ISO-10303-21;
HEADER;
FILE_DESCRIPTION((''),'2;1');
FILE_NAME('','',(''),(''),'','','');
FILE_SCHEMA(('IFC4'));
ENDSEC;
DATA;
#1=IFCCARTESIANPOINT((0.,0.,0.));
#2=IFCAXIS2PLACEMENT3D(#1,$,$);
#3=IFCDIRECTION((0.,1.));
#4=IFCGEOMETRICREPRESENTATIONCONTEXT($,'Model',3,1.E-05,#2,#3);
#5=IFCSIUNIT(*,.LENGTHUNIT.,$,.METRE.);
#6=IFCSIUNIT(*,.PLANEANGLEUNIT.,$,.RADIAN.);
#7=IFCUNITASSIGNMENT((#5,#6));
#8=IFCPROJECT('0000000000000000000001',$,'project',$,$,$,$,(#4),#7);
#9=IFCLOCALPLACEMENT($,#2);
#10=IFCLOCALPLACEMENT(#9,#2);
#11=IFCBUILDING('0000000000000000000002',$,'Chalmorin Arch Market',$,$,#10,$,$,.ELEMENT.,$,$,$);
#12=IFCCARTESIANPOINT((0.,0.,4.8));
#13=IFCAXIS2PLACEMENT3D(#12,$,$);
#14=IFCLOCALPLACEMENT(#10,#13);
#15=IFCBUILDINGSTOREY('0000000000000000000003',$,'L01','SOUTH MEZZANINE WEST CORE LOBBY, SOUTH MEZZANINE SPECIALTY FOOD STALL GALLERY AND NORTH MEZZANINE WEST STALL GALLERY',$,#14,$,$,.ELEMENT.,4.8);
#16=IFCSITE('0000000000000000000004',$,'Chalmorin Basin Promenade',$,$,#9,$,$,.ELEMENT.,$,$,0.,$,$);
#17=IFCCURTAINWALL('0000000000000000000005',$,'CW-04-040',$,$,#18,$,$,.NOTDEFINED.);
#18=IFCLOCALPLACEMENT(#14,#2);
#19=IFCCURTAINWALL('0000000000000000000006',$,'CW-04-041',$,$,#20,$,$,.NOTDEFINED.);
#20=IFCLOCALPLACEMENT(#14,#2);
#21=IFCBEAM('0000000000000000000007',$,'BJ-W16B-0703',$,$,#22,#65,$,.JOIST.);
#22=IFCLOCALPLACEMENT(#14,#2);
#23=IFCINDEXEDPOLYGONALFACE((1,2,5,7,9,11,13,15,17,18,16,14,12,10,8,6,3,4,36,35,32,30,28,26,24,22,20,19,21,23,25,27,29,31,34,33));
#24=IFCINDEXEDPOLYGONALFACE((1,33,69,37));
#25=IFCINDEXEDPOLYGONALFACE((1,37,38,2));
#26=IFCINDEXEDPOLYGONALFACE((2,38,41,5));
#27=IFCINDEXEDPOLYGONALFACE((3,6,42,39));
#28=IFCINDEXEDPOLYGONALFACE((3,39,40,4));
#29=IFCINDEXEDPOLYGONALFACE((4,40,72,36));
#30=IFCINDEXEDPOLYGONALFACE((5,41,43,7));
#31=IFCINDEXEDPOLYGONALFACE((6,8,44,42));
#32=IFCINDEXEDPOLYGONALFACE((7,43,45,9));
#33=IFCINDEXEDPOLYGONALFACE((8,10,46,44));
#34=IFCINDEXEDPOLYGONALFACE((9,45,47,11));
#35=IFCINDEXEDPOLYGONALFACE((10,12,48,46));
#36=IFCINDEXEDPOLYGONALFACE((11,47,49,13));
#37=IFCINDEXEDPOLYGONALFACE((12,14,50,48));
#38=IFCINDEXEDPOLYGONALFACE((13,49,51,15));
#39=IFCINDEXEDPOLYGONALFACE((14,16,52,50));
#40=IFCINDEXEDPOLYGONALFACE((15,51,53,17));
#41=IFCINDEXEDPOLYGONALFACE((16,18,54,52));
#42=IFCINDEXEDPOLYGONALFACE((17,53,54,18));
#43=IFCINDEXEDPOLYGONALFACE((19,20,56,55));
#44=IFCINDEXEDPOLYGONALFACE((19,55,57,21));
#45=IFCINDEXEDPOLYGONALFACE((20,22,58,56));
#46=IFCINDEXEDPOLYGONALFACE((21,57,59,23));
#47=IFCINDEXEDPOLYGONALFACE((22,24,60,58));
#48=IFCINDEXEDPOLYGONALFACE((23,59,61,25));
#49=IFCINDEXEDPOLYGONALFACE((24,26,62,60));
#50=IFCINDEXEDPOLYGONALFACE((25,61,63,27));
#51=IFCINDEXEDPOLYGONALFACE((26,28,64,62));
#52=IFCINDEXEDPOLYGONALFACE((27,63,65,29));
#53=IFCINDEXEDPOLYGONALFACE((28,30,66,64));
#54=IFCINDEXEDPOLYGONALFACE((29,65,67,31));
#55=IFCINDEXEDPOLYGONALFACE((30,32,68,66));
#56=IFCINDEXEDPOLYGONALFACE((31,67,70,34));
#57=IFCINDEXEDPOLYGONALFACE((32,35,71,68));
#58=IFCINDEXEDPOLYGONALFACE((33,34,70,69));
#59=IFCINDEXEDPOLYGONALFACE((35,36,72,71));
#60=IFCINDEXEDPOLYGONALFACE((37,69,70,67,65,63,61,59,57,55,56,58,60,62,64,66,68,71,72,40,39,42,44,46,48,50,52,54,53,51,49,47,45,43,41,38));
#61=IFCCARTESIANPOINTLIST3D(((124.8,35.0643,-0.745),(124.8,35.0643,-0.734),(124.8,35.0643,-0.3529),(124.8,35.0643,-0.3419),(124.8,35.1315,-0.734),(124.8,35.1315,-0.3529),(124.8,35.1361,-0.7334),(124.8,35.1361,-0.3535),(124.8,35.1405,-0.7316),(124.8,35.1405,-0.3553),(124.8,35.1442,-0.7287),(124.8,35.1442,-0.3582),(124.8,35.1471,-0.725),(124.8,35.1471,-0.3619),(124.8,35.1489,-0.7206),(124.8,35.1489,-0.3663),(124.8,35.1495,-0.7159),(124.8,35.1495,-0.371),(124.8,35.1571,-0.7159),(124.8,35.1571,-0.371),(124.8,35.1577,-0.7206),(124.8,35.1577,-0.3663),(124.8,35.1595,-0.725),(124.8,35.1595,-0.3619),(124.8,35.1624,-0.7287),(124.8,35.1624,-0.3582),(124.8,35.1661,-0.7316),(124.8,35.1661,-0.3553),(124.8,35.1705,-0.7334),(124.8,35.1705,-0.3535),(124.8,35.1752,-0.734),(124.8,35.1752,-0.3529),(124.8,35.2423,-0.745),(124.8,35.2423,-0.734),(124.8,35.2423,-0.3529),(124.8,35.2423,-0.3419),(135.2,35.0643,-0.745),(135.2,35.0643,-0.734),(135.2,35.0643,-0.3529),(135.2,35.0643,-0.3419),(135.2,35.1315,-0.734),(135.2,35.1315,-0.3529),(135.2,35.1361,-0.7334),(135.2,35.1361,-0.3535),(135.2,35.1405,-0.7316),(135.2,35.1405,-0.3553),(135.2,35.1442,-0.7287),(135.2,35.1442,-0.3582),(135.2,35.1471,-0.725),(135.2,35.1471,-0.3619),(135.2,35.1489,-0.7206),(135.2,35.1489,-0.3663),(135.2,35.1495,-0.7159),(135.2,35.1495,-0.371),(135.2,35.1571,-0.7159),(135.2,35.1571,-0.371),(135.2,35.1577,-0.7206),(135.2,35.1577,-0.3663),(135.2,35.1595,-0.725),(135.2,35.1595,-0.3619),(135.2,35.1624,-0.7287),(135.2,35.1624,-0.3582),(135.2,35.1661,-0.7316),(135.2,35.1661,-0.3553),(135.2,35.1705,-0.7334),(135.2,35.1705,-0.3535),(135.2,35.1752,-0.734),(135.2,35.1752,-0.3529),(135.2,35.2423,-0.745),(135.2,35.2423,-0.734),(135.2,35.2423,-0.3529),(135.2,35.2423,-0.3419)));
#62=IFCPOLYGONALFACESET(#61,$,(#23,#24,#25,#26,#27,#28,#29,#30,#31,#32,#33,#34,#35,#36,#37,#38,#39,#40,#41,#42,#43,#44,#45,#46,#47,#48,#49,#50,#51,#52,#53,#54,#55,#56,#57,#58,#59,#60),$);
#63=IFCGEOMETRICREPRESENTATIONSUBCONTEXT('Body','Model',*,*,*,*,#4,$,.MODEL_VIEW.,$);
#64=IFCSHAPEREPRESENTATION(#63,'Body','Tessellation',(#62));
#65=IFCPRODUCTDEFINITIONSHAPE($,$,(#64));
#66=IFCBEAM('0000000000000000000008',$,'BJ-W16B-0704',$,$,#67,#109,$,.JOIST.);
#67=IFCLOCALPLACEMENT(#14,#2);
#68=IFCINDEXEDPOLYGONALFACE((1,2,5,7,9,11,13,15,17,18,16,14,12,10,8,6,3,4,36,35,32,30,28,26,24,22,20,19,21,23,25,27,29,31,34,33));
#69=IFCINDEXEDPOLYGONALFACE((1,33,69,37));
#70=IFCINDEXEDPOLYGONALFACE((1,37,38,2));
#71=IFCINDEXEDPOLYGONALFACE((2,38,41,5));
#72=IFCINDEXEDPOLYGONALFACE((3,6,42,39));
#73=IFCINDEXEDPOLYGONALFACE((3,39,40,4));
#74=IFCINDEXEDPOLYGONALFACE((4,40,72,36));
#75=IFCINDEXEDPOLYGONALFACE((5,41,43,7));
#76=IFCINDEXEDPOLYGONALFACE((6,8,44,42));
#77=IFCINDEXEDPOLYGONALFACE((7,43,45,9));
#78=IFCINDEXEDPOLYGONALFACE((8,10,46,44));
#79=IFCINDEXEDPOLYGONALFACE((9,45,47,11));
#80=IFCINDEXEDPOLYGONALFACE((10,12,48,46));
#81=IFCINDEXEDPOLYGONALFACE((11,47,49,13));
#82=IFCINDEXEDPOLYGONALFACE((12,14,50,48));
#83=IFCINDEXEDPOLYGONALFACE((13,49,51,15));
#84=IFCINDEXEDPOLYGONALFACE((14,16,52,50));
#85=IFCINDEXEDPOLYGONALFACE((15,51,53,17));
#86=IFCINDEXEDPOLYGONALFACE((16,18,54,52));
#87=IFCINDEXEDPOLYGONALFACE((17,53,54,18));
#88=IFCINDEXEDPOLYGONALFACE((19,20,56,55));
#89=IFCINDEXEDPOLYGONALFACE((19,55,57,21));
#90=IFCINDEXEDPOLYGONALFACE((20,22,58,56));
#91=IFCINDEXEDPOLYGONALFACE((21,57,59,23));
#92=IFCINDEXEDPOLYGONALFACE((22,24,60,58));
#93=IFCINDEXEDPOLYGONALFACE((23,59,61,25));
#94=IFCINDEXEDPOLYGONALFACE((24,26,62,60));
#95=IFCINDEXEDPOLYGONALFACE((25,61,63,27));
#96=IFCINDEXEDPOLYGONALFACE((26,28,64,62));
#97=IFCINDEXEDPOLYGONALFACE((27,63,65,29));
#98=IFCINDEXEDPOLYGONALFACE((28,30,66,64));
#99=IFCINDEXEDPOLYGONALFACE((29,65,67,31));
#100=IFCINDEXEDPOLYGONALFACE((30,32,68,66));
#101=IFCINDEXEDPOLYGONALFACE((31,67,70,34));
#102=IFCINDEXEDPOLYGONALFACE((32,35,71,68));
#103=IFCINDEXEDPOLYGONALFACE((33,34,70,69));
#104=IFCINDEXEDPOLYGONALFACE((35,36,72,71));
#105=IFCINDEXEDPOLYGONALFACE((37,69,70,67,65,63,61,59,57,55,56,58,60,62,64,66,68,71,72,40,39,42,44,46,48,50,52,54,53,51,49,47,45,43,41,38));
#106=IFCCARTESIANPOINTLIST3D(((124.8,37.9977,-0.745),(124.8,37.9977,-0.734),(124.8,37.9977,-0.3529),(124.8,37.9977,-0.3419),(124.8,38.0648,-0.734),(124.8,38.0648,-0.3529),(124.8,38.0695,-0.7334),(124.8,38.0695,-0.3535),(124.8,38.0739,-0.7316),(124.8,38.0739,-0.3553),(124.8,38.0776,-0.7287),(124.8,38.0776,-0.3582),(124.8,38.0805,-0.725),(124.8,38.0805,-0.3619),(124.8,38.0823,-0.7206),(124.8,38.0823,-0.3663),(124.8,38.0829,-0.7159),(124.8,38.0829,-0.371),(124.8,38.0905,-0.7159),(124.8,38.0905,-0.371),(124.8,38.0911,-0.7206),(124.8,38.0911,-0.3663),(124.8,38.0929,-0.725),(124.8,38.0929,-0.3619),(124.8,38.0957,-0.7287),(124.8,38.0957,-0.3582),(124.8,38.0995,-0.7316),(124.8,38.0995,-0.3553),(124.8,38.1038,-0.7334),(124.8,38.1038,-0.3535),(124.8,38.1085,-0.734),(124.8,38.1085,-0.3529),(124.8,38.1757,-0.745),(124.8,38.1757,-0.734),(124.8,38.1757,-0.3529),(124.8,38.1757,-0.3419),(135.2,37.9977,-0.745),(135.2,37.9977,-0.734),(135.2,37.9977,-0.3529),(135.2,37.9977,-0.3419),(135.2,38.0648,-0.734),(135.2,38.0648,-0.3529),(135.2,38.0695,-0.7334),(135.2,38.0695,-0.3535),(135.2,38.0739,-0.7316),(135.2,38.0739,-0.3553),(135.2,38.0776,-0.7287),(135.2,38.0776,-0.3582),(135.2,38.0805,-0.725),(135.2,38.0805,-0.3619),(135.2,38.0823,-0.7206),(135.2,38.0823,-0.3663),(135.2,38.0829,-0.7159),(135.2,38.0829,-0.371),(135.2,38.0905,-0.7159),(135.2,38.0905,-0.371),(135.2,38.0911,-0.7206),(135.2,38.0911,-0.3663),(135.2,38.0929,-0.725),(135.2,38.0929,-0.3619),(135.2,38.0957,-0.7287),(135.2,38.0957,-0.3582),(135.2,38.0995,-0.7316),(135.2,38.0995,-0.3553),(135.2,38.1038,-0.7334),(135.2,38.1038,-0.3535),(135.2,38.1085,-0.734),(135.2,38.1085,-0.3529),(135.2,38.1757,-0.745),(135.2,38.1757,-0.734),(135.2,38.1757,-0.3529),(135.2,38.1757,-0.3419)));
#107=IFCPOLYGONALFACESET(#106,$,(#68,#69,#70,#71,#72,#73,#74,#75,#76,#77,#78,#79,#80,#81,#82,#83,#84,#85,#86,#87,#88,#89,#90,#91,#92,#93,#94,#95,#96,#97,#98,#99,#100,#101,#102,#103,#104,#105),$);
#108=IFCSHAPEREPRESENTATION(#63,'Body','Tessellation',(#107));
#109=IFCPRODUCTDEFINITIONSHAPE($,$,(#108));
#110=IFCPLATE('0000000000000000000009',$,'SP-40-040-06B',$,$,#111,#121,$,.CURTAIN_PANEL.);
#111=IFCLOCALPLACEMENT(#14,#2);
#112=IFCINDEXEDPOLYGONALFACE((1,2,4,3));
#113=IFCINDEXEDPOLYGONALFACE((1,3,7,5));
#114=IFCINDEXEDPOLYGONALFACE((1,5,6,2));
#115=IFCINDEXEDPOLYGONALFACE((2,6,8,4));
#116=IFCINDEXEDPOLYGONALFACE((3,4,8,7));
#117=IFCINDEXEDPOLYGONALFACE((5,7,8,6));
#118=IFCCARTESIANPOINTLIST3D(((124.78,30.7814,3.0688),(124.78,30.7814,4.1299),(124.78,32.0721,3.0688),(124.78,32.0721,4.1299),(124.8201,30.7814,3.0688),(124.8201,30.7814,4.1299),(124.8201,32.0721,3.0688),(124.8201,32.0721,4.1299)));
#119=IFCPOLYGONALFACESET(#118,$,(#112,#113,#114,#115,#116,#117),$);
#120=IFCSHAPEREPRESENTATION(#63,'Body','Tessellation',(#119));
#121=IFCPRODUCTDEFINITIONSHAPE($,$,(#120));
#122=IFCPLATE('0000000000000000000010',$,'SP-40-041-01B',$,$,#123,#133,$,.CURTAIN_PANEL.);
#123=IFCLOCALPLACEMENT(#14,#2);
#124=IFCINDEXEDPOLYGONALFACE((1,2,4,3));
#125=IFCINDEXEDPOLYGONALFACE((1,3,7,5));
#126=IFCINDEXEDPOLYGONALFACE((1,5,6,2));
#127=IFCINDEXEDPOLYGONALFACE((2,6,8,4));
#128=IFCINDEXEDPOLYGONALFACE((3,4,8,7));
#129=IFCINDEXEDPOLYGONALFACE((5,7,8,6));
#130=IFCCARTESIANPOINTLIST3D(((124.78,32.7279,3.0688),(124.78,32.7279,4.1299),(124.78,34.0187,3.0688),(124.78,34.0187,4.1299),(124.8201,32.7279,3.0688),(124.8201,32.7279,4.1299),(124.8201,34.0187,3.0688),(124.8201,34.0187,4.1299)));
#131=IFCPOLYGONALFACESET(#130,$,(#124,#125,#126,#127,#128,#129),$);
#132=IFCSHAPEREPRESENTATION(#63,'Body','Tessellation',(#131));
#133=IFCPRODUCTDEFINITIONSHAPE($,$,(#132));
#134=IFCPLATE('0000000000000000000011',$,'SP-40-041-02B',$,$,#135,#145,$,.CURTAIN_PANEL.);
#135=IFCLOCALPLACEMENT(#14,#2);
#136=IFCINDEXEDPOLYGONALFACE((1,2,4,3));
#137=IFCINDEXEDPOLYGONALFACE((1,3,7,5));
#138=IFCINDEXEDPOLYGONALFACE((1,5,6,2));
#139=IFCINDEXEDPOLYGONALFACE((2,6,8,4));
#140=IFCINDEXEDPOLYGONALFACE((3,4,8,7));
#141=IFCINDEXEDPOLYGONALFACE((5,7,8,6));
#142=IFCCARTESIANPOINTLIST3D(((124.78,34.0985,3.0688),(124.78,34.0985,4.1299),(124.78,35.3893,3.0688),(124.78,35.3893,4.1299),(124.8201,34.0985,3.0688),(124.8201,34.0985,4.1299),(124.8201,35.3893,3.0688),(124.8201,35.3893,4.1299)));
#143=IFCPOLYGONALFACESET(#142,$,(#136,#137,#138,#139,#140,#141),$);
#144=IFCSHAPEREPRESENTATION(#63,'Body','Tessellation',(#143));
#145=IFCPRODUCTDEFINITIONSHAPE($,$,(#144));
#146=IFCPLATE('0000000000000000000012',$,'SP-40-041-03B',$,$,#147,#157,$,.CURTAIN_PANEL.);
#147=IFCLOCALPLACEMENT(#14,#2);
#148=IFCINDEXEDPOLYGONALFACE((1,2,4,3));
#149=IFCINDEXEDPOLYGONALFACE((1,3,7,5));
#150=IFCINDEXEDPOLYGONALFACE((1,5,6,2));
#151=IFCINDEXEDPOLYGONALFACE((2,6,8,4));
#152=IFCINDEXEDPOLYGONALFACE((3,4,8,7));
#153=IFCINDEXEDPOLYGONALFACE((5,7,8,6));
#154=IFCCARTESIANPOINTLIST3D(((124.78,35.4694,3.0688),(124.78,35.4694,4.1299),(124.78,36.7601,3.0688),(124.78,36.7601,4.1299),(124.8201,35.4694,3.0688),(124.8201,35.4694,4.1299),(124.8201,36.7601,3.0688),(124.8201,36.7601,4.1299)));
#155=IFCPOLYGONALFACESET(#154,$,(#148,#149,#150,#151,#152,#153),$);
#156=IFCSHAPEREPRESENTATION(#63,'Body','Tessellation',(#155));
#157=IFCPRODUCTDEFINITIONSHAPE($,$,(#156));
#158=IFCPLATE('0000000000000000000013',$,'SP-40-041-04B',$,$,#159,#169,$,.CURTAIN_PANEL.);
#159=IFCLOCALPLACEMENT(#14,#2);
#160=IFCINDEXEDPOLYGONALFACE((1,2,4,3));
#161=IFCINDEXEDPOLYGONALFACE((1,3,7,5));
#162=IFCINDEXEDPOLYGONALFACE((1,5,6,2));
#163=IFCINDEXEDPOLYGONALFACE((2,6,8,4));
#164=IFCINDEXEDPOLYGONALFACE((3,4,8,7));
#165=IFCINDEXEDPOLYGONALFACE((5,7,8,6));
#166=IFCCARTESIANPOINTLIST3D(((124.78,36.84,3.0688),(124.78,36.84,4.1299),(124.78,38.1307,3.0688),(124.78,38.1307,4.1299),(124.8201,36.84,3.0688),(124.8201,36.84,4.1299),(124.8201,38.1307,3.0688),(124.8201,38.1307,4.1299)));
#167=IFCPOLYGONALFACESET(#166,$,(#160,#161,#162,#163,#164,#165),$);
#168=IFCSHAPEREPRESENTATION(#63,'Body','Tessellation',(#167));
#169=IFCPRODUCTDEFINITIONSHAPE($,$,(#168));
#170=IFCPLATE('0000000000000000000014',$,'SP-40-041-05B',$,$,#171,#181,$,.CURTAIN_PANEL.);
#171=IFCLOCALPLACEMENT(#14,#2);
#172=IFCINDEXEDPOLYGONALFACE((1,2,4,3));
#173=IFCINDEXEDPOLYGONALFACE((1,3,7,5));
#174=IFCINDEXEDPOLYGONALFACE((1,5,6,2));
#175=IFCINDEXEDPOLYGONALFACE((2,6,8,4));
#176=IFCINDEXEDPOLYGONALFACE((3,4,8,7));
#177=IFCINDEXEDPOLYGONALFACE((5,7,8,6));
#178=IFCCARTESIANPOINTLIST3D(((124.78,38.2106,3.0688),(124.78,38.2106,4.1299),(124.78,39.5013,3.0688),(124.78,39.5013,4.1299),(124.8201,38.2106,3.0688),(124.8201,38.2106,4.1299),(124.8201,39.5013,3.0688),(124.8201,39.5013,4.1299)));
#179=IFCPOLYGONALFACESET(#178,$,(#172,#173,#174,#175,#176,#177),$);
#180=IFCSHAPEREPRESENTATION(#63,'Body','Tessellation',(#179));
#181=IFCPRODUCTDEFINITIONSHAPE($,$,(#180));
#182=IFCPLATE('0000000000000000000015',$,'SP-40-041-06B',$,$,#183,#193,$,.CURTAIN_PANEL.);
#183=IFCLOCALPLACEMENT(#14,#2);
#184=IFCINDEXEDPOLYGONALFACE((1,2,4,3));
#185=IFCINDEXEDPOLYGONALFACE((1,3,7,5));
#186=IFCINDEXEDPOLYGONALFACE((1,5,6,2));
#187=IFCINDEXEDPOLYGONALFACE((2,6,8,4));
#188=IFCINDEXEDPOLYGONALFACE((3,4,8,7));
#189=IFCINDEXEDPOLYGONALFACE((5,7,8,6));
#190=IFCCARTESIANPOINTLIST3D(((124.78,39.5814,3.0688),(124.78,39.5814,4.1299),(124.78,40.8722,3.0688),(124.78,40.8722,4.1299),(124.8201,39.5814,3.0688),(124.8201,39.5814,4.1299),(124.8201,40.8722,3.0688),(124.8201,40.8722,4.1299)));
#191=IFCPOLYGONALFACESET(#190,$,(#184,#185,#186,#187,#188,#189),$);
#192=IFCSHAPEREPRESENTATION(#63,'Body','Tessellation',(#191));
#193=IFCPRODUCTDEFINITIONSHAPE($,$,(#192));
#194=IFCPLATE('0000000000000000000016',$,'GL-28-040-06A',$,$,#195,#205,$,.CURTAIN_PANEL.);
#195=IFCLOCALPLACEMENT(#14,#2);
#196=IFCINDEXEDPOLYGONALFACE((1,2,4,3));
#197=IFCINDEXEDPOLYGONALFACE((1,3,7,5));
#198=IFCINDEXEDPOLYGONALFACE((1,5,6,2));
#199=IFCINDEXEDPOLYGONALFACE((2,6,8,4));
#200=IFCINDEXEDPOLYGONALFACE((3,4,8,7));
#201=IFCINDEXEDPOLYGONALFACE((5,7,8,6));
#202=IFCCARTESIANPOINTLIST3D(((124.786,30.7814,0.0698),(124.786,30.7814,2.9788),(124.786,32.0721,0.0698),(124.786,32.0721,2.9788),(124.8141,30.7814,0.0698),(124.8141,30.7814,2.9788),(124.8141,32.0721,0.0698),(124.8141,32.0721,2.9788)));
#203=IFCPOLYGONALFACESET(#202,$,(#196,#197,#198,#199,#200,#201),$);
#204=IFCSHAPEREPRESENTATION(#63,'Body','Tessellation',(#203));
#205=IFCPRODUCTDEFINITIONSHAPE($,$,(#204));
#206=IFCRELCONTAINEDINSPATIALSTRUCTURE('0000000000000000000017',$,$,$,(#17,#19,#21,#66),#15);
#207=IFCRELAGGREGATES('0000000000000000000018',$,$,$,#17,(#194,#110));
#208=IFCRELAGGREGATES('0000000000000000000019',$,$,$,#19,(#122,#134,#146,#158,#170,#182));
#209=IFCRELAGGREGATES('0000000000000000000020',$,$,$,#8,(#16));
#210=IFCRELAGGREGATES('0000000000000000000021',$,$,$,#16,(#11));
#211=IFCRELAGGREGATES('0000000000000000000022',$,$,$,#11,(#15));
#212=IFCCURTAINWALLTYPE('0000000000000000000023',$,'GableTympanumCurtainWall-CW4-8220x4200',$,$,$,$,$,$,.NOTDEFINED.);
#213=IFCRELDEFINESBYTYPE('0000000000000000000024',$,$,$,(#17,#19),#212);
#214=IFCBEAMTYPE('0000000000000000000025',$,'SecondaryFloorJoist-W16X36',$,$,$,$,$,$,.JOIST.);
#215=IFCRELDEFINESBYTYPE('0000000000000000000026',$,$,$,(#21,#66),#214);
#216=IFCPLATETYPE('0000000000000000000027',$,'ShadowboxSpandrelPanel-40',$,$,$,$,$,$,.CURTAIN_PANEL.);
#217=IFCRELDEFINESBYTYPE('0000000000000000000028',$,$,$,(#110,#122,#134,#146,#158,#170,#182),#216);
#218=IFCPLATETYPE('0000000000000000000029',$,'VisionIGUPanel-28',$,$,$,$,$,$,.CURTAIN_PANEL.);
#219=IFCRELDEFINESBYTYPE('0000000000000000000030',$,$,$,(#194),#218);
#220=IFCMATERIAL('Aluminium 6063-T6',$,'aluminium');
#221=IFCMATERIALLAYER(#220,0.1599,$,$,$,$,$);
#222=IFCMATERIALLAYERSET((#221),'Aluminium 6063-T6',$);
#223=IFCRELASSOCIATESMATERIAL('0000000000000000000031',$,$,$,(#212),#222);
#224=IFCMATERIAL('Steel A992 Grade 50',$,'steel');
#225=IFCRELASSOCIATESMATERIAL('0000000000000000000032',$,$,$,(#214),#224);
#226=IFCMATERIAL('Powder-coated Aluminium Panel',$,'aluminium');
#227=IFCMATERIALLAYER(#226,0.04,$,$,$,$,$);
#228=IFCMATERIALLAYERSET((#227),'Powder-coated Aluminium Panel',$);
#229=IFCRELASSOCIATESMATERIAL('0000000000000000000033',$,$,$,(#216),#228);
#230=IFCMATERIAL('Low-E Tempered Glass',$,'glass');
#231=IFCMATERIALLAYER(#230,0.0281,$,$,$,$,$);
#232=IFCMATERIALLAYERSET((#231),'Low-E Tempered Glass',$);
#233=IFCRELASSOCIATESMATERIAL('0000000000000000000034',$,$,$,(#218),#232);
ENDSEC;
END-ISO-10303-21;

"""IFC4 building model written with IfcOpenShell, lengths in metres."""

from ifc_helpers import new_model, si_unit, direction, frame, origin, origin_2d, place, context, subcontext, project, spatial, rectangle, i_section, extrude, material, layer, layer_set, material_profile, profile_set, type_object, element, aggregate, save


model = new_model("IFC4")

# Units and contexts
model_context = context("Model", 3, precision=1e-05, world=origin(), true_north=direction((0.0, 1.0)))
body_context = subcontext(model_context, "Body", "Model", "MODEL_VIEW")
ifc_project = project(units=[si_unit("LENGTHUNIT", "METRE"), si_unit("PLANEANGLEUNIT", "RADIAN")], contexts=[model_context])

# Site, building, storey
site_placement = place(None, origin())
site = spatial("IfcSite", under=ifc_project, at=site_placement, Name="Chalmorin Basin Promenade", CompositionType="ELEMENT", RefElevation=0.0)
building_placement = place(site_placement, origin())
building = spatial("IfcBuilding", under=site, at=building_placement, Name="Chalmorin Arch Market", CompositionType="ELEMENT")
storey_placement = place(building_placement, frame((0.0, 0.0, 4.8)))
storey = spatial("IfcBuildingStorey", under=building, at=storey_placement, Name="L01", Description="SOUTH MEZZANINE WEST CORE LOBBY, SOUTH MEZZANINE SPECIALTY FOOD STALL GALLERY AND NORTH MEZZANINE WEST STALL GALLERY", CompositionType="ELEMENT", Elevation=4.8)

# Shared definitions
ifc_material_1 = material(Name="Steel A992 Grade 50", Category="steel")

# Curtain wall
ifc_material_2 = material(Name="Aluminium 6063-T6", Category="aluminium")
ifc_layer_1 = layer(ifc_material_2, 0.1599)
ifc_layer_set_1 = layer_set([ifc_layer_1], Name="Aluminium 6063-T6")
curtain_wall_type = type_object("IfcCurtainWallType", Name="GableTympanumCurtainWall-CW4-8220x4200", PredefinedType="NOTDEFINED", material=ifc_layer_set_1)
curtain_wall_1_placement = place(storey_placement, origin())
curtain_wall_1 = element("IfcCurtainWall", 1, at=curtain_wall_1_placement, inside=storey, type_object=curtain_wall_type, Name="CW-04-040", PredefinedType="NOTDEFINED")

# Curtain wall
curtain_wall_2_placement = place(storey_placement, origin())
curtain_wall_2 = element("IfcCurtainWall", 2, at=curtain_wall_2_placement, inside=storey, type_object=curtain_wall_type, Name="CW-04-041", PredefinedType="NOTDEFINED")

# Beams
ifc_material_profile_1 = material_profile(ifc_material_1, i_section(OverallWidth=0.178, OverallDepth=0.4031, WebThickness=0.0076, FlangeThickness=0.011, FilletRadius=0.0181, at=origin_2d()), Name="W16X36")
ifc_profile_set_1 = profile_set([ifc_material_profile_1], Name="Steel A992 Grade 50")
beam_type_1 = type_object("IfcBeamType", Name="SecondaryFloorJoist-W16X36", PredefinedType="JOIST", material=ifc_profile_set_1)
for number, where, z_axis, x_axis, name in (
    (3, (124.8, 35.1533, -0.5435), (1.0, 0.0, 0.0), (0.0, 1.0, 0.0), "BJ-W16B-0703"),
    (4, (124.8, 38.0867, -0.5435), (1.0, 0.0, 0.0), (0.0, 1.0, 0.0), "BJ-W16B-0704"),
):
    element("IfcBeam", number, at=place(storey_placement, frame(where, z_axis=z_axis, x_axis=x_axis)), inside=storey, type_object=beam_type_1, Name=name, PredefinedType="JOIST", context=body_context, shape_type="SweptSolid", body=[
        extrude(i_section(OverallWidth=0.178, OverallDepth=0.4031, WebThickness=0.0076, FlangeThickness=0.011, FilletRadius=0.0181, at=origin_2d()), origin(), (0.0, 0.0, 1.0), 10.3999),
    ])

# Plates
ifc_material_3 = material(Name="Powder-coated Aluminium Panel", Category="aluminium")
ifc_layer_2 = layer(ifc_material_3, 0.04)
ifc_layer_set_2 = layer_set([ifc_layer_2], Name="Powder-coated Aluminium Panel")
plate_type_1 = type_object("IfcPlateType", Name="ShadowboxSpandrelPanel-40", PredefinedType="CURTAIN_PANEL", material=ifc_layer_set_2)
plate_1_placement = place(storey_placement, frame((124.8, 31.4268, 3.0688), z_axis=(0.0, 0.0, 1.0), x_axis=(0.0, 1.0, 0.0)))
plate_1 = element("IfcPlate", 5, at=plate_1_placement, type_object=plate_type_1, Name="SP-40-040-06B", PredefinedType="CURTAIN_PANEL", context=body_context, shape_type="SweptSolid", body=[
    extrude(rectangle(XDim=1.2908, YDim=0.04, at=origin_2d()), origin(), (0.0, 0.0, 1.0), 1.061),
])
plate_2_placement = place(storey_placement, frame((124.8, 33.3733, 3.0688), z_axis=(0.0, 0.0, 1.0), x_axis=(0.0, 1.0, 0.0)))
plate_2 = element("IfcPlate", 6, at=plate_2_placement, type_object=plate_type_1, Name="SP-40-041-01B", PredefinedType="CURTAIN_PANEL", context=body_context, shape_type="SweptSolid", body=[
    extrude(rectangle(XDim=1.2908, YDim=0.04, at=origin_2d()), origin(), (0.0, 0.0, 1.0), 1.061),
])
plate_3_placement = place(storey_placement, frame((124.8, 34.7439, 3.0688), z_axis=(0.0, 0.0, 1.0), x_axis=(0.0, 1.0, 0.0)))
plate_3 = element("IfcPlate", 7, at=plate_3_placement, type_object=plate_type_1, Name="SP-40-041-02B", PredefinedType="CURTAIN_PANEL", context=body_context, shape_type="SweptSolid", body=[
    extrude(rectangle(XDim=1.2908, YDim=0.04, at=origin_2d()), origin(), (0.0, 0.0, 1.0), 1.061),
])
plate_4_placement = place(storey_placement, frame((124.8, 36.1147, 3.0688), z_axis=(0.0, 0.0, 1.0), x_axis=(0.0, 1.0, 0.0)))
plate_4 = element("IfcPlate", 8, at=plate_4_placement, type_object=plate_type_1, Name="SP-40-041-03B", PredefinedType="CURTAIN_PANEL", context=body_context, shape_type="SweptSolid", body=[
    extrude(rectangle(XDim=1.2908, YDim=0.04, at=origin_2d()), origin(), (0.0, 0.0, 1.0), 1.061),
])
plate_5_placement = place(storey_placement, frame((124.8, 37.4854, 3.0688), z_axis=(0.0, 0.0, 1.0), x_axis=(0.0, 1.0, 0.0)))
plate_5 = element("IfcPlate", 9, at=plate_5_placement, type_object=plate_type_1, Name="SP-40-041-04B", PredefinedType="CURTAIN_PANEL", context=body_context, shape_type="SweptSolid", body=[
    extrude(rectangle(XDim=1.2908, YDim=0.04, at=origin_2d()), origin(), (0.0, 0.0, 1.0), 1.061),
])
plate_6_placement = place(storey_placement, frame((124.8, 38.856, 3.0688), z_axis=(0.0, 0.0, 1.0), x_axis=(0.0, 1.0, 0.0)))
plate_6 = element("IfcPlate", 10, at=plate_6_placement, type_object=plate_type_1, Name="SP-40-041-05B", PredefinedType="CURTAIN_PANEL", context=body_context, shape_type="SweptSolid", body=[
    extrude(rectangle(XDim=1.2908, YDim=0.04, at=origin_2d()), origin(), (0.0, 0.0, 1.0), 1.061),
])
plate_7_placement = place(storey_placement, frame((124.8, 40.2268, 3.0688), z_axis=(0.0, 0.0, 1.0), x_axis=(0.0, 1.0, 0.0)))
plate_7 = element("IfcPlate", 11, at=plate_7_placement, type_object=plate_type_1, Name="SP-40-041-06B", PredefinedType="CURTAIN_PANEL", context=body_context, shape_type="SweptSolid", body=[
    extrude(rectangle(XDim=1.2908, YDim=0.04, at=origin_2d()), origin(), (0.0, 0.0, 1.0), 1.061),
])
ifc_material_4 = material(Name="Low-E Tempered Glass", Category="glass")
ifc_layer_3 = layer(ifc_material_4, 0.0281)
ifc_layer_set_3 = layer_set([ifc_layer_3], Name="Low-E Tempered Glass")
plate_type_2 = type_object("IfcPlateType", Name="VisionIGUPanel-28", PredefinedType="CURTAIN_PANEL", material=ifc_layer_set_3)
plate_8_placement = place(storey_placement, frame((124.8, 31.4268, 0.0698), z_axis=(0.0, 0.0, 1.0), x_axis=(0.0, 1.0, 0.0)))
plate_8 = element("IfcPlate", 12, at=plate_8_placement, type_object=plate_type_2, Name="GL-28-040-06A", PredefinedType="CURTAIN_PANEL", context=body_context, shape_type="SweptSolid", body=[
    extrude(rectangle(XDim=1.2908, YDim=0.0281, at=origin_2d()), origin(), (0.0, 0.0, 1.0), 2.9089),
])
aggregate(curtain_wall_1, [plate_8, plate_1])
aggregate(curtain_wall_2, [plate_2, plate_3, plate_4, plate_5, plate_6, plate_7])

save(model, "model.ifc")
